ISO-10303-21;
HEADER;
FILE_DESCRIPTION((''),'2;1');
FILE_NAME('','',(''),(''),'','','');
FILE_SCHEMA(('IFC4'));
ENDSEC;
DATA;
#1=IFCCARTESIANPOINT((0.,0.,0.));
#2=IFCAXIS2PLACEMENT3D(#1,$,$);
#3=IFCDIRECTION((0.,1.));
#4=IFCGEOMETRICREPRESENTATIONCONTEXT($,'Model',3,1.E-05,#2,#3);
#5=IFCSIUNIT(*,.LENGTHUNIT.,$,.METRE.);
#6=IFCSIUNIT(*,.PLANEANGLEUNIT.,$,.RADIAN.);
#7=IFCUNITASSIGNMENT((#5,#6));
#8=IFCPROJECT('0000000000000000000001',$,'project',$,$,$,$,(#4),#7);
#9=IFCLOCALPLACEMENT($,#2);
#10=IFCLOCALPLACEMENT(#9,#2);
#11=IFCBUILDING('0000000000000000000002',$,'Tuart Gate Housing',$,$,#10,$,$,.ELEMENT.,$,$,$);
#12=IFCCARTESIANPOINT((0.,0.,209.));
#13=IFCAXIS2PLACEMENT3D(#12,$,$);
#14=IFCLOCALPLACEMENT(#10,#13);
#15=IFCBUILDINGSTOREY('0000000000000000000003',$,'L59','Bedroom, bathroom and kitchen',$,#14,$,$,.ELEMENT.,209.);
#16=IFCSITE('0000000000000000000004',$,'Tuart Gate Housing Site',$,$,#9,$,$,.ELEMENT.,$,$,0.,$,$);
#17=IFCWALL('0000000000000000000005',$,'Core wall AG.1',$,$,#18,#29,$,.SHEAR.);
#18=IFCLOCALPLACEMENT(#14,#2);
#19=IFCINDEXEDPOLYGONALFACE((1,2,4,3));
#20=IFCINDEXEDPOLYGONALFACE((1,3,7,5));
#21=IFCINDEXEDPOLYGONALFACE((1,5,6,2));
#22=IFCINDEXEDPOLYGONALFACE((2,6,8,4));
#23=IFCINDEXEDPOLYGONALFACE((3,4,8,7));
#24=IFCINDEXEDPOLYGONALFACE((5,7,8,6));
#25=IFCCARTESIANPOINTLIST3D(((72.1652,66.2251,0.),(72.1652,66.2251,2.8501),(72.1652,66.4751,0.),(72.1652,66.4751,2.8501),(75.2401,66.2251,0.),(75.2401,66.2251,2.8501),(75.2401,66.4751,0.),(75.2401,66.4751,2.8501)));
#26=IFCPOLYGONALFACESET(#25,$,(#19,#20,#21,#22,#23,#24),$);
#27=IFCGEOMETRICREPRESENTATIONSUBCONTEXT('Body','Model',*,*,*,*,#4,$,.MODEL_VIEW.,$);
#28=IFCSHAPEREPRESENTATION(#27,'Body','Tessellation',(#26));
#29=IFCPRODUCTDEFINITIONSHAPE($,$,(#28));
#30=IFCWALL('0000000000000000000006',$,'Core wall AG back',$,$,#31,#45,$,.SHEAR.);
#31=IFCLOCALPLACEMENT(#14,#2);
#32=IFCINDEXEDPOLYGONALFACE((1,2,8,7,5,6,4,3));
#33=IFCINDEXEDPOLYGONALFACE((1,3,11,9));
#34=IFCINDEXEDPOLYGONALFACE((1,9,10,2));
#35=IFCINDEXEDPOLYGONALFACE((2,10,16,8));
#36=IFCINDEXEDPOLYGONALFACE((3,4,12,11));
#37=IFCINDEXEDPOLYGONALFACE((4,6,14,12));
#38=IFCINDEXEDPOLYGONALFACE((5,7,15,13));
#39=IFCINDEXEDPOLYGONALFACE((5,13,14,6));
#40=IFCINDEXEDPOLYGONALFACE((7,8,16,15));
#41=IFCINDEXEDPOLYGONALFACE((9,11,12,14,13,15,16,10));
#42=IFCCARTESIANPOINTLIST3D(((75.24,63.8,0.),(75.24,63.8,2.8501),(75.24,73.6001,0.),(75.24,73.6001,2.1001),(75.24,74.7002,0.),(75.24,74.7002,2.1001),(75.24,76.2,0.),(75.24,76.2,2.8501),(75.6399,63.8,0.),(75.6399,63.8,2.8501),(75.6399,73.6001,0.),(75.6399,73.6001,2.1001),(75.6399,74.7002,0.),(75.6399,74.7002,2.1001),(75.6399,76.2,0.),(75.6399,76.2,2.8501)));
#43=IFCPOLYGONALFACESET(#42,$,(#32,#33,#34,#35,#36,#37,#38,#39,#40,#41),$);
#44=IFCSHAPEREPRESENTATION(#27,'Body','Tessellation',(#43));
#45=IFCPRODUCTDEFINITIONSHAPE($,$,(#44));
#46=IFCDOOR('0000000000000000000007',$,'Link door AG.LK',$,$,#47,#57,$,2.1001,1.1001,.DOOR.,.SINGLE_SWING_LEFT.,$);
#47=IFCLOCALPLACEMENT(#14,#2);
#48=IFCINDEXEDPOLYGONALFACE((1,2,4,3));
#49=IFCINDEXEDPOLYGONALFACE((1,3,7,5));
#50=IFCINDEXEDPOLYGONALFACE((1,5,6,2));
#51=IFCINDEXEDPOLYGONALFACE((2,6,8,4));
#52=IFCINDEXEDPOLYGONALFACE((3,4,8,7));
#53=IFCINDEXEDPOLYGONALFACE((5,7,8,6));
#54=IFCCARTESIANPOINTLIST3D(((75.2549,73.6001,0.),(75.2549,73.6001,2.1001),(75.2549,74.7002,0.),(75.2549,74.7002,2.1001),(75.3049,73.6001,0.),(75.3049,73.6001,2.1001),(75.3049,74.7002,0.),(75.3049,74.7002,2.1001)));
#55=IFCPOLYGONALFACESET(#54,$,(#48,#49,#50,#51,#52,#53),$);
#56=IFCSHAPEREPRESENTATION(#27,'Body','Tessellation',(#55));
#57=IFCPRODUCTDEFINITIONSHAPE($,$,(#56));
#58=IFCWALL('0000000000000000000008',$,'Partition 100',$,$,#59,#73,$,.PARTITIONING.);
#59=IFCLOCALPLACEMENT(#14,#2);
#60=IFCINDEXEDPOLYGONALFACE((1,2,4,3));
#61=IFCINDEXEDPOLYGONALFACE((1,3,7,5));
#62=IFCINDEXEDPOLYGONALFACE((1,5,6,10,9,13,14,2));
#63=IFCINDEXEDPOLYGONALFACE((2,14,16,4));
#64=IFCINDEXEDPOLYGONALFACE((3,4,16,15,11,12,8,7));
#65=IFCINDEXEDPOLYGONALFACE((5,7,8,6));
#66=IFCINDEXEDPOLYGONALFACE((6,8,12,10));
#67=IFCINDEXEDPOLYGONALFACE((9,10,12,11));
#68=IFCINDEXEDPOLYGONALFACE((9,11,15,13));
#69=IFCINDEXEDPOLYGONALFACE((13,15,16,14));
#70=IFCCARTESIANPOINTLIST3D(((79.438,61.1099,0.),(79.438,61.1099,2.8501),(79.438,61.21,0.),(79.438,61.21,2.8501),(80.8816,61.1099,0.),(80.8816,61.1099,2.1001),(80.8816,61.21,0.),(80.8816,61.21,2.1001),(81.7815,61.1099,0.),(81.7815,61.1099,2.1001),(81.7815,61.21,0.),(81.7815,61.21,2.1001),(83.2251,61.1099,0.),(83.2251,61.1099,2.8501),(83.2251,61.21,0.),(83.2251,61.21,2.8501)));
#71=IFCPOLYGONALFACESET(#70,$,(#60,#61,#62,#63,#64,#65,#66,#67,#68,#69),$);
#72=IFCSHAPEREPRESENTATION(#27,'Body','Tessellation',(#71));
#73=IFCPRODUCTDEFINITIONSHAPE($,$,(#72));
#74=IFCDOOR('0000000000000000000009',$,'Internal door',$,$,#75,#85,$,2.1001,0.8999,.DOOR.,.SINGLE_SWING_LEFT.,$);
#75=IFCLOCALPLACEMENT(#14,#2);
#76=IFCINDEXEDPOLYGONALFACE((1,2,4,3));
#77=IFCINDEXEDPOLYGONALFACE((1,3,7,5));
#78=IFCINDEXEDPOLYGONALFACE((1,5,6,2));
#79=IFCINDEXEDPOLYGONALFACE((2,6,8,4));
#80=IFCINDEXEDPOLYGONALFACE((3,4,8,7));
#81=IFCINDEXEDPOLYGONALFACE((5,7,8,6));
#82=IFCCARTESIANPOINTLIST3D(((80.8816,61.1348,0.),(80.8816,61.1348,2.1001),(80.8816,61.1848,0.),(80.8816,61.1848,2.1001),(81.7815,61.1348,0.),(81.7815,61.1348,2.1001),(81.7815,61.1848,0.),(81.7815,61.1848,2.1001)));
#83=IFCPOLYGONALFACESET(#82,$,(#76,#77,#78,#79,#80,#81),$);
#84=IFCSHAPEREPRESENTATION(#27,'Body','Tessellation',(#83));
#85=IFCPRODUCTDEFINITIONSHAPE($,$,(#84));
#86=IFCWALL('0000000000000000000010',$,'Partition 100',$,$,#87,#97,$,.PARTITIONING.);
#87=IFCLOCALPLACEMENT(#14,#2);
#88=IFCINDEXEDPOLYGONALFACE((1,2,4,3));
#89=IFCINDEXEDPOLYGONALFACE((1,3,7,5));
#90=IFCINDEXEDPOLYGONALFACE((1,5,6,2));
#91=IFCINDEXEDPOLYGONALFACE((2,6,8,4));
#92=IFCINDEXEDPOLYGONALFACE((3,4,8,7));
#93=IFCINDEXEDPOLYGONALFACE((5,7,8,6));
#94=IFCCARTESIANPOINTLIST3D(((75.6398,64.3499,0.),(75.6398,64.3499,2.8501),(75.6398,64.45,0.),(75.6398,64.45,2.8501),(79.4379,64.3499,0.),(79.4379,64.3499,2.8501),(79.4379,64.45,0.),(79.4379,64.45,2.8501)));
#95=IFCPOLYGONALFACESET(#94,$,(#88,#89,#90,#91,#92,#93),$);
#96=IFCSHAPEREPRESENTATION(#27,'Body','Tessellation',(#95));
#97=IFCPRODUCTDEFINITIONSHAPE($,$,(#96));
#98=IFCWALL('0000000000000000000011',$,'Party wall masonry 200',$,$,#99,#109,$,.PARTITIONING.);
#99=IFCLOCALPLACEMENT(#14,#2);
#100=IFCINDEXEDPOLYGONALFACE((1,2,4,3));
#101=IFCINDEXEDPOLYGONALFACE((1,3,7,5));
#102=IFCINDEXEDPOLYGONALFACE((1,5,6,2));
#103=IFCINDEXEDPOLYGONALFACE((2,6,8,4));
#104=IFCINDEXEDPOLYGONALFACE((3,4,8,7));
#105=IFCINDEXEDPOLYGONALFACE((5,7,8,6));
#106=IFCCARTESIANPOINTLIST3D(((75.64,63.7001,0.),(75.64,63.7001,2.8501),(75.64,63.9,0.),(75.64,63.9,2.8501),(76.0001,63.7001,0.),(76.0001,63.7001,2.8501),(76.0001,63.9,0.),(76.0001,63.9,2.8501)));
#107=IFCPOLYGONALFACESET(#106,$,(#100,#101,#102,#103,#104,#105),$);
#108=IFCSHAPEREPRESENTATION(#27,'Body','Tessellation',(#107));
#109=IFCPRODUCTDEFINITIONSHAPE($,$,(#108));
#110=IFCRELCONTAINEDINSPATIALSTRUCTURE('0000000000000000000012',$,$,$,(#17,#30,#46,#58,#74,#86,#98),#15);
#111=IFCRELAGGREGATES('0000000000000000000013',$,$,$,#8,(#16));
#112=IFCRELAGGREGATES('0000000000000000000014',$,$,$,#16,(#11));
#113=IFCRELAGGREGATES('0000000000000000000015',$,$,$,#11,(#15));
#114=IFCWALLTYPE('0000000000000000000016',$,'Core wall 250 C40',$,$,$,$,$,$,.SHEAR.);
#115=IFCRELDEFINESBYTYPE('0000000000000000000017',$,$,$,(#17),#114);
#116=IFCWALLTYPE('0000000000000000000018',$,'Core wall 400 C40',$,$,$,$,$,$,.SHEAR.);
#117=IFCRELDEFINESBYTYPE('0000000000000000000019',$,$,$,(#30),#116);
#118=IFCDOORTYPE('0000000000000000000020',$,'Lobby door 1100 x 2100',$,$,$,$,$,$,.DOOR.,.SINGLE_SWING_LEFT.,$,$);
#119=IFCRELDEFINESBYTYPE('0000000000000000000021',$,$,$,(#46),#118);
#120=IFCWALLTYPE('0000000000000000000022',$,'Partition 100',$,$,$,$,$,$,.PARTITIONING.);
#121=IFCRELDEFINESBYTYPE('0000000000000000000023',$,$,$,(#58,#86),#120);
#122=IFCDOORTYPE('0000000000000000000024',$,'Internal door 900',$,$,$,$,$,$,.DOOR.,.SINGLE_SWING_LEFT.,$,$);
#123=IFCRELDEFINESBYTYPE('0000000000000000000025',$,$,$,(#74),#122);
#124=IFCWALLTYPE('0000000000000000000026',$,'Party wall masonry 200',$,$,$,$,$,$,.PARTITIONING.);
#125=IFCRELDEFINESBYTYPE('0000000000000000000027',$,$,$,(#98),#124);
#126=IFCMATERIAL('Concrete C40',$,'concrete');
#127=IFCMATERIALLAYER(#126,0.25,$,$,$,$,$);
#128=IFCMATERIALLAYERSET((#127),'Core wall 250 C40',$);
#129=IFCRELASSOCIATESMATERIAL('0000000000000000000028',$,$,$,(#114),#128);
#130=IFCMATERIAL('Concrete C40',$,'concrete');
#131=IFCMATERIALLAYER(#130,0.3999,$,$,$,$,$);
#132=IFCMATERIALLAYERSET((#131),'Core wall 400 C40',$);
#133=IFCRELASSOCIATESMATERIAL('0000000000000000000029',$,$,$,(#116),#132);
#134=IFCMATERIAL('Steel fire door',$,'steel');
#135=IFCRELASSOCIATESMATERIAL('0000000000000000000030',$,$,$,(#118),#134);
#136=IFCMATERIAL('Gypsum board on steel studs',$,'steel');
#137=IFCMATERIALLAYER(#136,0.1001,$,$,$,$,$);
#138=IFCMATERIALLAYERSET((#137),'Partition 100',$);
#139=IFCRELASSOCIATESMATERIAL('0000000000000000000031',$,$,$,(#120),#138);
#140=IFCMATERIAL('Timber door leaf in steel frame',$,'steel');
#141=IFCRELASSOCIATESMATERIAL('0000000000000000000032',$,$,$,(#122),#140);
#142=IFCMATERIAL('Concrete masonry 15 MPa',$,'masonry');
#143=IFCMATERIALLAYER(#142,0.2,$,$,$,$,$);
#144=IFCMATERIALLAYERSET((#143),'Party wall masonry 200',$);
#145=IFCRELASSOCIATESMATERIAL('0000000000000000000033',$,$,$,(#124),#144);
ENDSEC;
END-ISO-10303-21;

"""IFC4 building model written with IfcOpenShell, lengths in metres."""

from ifc_helpers import new_model, si_unit, direction, frame, frame_2d, origin, place, context, subcontext, project, spatial, rectangle, extrude, material, layer, layer_set, type_object, element, fill, save


model = new_model("IFC4")

# Units and contexts
model_context = context("Model", 3, precision=1e-05, world=origin(), true_north=direction((0.0, 1.0)))
body_context = subcontext(model_context, "Body", "Model", "MODEL_VIEW")
ifc_project = project(units=[si_unit("LENGTHUNIT", "METRE"), si_unit("PLANEANGLEUNIT", "RADIAN")], contexts=[model_context])

# Site, building, storey
site_placement = place(None, origin())
site = spatial("IfcSite", under=ifc_project, at=site_placement, Name="Tuart Gate Housing Site", CompositionType="ELEMENT", RefElevation=0.0)
building_placement = place(site_placement, origin())
building = spatial("IfcBuilding", under=site, at=building_placement, Name="Tuart Gate Housing", CompositionType="ELEMENT")
storey_placement = place(building_placement, frame((0.0, 0.0, 209.0)))
storey = spatial("IfcBuildingStorey", under=building, at=storey_placement, Name="L59", Description="Bedroom, bathroom and kitchen", CompositionType="ELEMENT", Elevation=209.0)

# Wall
ifc_material_1 = material(Name="Concrete C40", Category="concrete")
ifc_layer_1 = layer(ifc_material_1, 0.25)
ifc_layer_set_1 = layer_set([ifc_layer_1], Name="Core wall 250 C40")
wall_type_1 = type_object("IfcWallType", Name="Core wall 250 C40", PredefinedType="SHEAR", material=ifc_layer_set_1)
wall_1_placement = place(storey_placement, frame((72.165, 66.3501, 0.0), z_axis=(0.0, 0.0, 1.0), x_axis=(1.0, 0.0, 0.0)))
element("IfcWall", 1, at=wall_1_placement, inside=storey, type_object=wall_type_1, Name="Core wall AG.1", PredefinedType="SHEAR", context=body_context, shape_type="SweptSolid", body=[
    extrude(rectangle(XDim=3.075, YDim=0.25, at=frame_2d((1.5376, 0.0))), origin(), (0.0, 0.0, 1.0), 2.8501),
])

# Walls, openings, doors
ifc_material_2 = material(Name="Concrete C40", Category="concrete")
ifc_layer_2 = layer(ifc_material_2, 0.3999)
ifc_layer_set_2 = layer_set([ifc_layer_2], Name="Core wall 400 C40")
wall_type_2 = type_object("IfcWallType", Name="Core wall 400 C40", PredefinedType="SHEAR", material=ifc_layer_set_2)
wall_2_placement = place(storey_placement, frame((75.4399, 63.8, 0.0), z_axis=(0.0, 0.0, 1.0), x_axis=(0.0, 1.0, 0.0)))
wall_2 = element("IfcWall", 2, at=wall_2_placement, inside=storey, type_object=wall_type_2, Name="Core wall AG back", PredefinedType="SHEAR", context=body_context, shape_type="SweptSolid", body=[
    extrude(rectangle(XDim=12.3999, YDim=0.3999, at=frame_2d((6.2, 0.0))), origin(), (0.0, 0.0, 1.0), 2.8501),
])
opening_1_placement = place(wall_2_placement, frame((9.8, 0.0, 0.0)))
opening_1 = element("IfcOpeningElement", 3, at=opening_1_placement, cuts=wall_2, PredefinedType="OPENING", context=body_context, shape_type="SweptSolid", body=[
    extrude(rectangle(XDim=1.1001, YDim=2.1001, at=frame_2d((0.55, 1.05))), frame((0.0, 0.21, 0.0), z_axis=(0.0, -1.0, 0.0), x_axis=(1.0, 0.0, 0.0)), (0.0, 0.0, 1.0), 0.4199),
])
ifc_material_3 = material(Name="Steel fire door", Category="steel")
door_type_1 = type_object("IfcDoorType", Name="Lobby door 1100 x 2100", OperationType="SINGLE_SWING_LEFT", PredefinedType="DOOR", material=ifc_material_3)
door_1_placement = place(opening_1_placement, origin())
door_1 = element("IfcDoor", 4, at=door_1_placement, inside=storey, type_object=door_type_1, Name="Link door AG.LK", OperationType="SINGLE_SWING_LEFT", OverallHeight=2.1001, OverallWidth=1.1001, PredefinedType="DOOR", context=body_context, shape_type="SweptSolid", body=[
    extrude(rectangle(XDim=1.1001, YDim=2.1001, at=frame_2d((0.55, 1.05))), frame((0.0, 0.1851, 0.0), z_axis=(0.0, -1.0, 0.0), x_axis=(1.0, 0.0, 0.0)), (0.0, 0.0, 1.0), 0.05),
])
fill(opening_1, door_1)
ifc_material_4 = material(Name="Gypsum board on steel studs", Category="steel")
ifc_layer_3 = layer(ifc_material_4, 0.1001)
ifc_layer_set_3 = layer_set([ifc_layer_3], Name="Partition 100")
wall_type_3 = type_object("IfcWallType", Name="Partition 100", PredefinedType="PARTITIONING", material=ifc_layer_set_3)
wall_3_placement = place(storey_placement, frame((79.438, 61.1599, 0.0), z_axis=(0.0, 0.0, 1.0), x_axis=(1.0, 0.0, 0.0)))
wall_3 = element("IfcWall", 5, at=wall_3_placement, inside=storey, type_object=wall_type_3, Name="Partition 100", PredefinedType="PARTITIONING", context=body_context, shape_type="SweptSolid", body=[
    extrude(rectangle(XDim=3.7871, YDim=0.1001, at=frame_2d((1.8936, 0.0))), origin(), (0.0, 0.0, 1.0), 2.8501),
])
opening_2_placement = place(wall_3_placement, frame((1.4436, 0.0, 0.0)))
opening_2 = element("IfcOpeningElement", 6, at=opening_2_placement, cuts=wall_3, PredefinedType="OPENING", context=body_context, shape_type="SweptSolid", body=[
    extrude(rectangle(XDim=0.8999, YDim=2.1001, at=frame_2d((0.45, 1.05))), frame((0.0, 0.0601, 0.0), z_axis=(0.0, -1.0, 0.0), x_axis=(1.0, 0.0, 0.0)), (0.0, 0.0, 1.0), 0.1201),
])
ifc_material_5 = material(Name="Timber door leaf in steel frame", Category="steel")
door_type_2 = type_object("IfcDoorType", Name="Internal door 900", OperationType="SINGLE_SWING_LEFT", PredefinedType="DOOR", material=ifc_material_5)
door_2_placement = place(opening_2_placement, origin())
door_2 = element("IfcDoor", 7, at=door_2_placement, inside=storey, type_object=door_type_2, Name="Internal door", OperationType="SINGLE_SWING_LEFT", OverallHeight=2.1001, OverallWidth=0.8999, PredefinedType="DOOR", context=body_context, shape_type="SweptSolid", body=[
    extrude(rectangle(XDim=0.8999, YDim=2.1001, at=frame_2d((0.45, 1.05))), frame((0.0, 0.0249, 0.0), z_axis=(0.0, -1.0, 0.0), x_axis=(1.0, 0.0, 0.0)), (0.0, 0.0, 1.0), 0.05),
])
fill(opening_2, door_2)

# Walls
wall_4_placement = place(storey_placement, frame((75.6399, 64.3999, 0.0), z_axis=(0.0, 0.0, 1.0), x_axis=(1.0, 0.0, 0.0)))
element("IfcWall", 8, at=wall_4_placement, inside=storey, type_object=wall_type_3, Name="Partition 100", PredefinedType="PARTITIONING", context=body_context, shape_type="SweptSolid", body=[
    extrude(rectangle(XDim=3.7981, YDim=0.1001, at=frame_2d((1.8989, 0.0))), origin(), (0.0, 0.0, 1.0), 2.8501),
])
ifc_material_6 = material(Name="Concrete masonry 15 MPa", Category="masonry")
ifc_layer_4 = layer(ifc_material_6, 0.2)
ifc_layer_set_4 = layer_set([ifc_layer_4], Name="Party wall masonry 200")
wall_type_4 = type_object("IfcWallType", Name="Party wall masonry 200", PredefinedType="PARTITIONING", material=ifc_layer_set_4)
wall_5_placement = place(storey_placement, frame((75.6399, 63.8, 0.0), z_axis=(0.0, 0.0, 1.0), x_axis=(1.0, 0.0, 0.0)))
element("IfcWall", 9, at=wall_5_placement, inside=storey, type_object=wall_type_4, Name="Party wall masonry 200", PredefinedType="PARTITIONING", context=body_context, shape_type="SweptSolid", body=[
    extrude(rectangle(XDim=0.3601, YDim=0.2, at=frame_2d((0.1802, 0.0))), origin(), (0.0, 0.0, 1.0), 2.8501),
])

save(model, "model.ifc")
